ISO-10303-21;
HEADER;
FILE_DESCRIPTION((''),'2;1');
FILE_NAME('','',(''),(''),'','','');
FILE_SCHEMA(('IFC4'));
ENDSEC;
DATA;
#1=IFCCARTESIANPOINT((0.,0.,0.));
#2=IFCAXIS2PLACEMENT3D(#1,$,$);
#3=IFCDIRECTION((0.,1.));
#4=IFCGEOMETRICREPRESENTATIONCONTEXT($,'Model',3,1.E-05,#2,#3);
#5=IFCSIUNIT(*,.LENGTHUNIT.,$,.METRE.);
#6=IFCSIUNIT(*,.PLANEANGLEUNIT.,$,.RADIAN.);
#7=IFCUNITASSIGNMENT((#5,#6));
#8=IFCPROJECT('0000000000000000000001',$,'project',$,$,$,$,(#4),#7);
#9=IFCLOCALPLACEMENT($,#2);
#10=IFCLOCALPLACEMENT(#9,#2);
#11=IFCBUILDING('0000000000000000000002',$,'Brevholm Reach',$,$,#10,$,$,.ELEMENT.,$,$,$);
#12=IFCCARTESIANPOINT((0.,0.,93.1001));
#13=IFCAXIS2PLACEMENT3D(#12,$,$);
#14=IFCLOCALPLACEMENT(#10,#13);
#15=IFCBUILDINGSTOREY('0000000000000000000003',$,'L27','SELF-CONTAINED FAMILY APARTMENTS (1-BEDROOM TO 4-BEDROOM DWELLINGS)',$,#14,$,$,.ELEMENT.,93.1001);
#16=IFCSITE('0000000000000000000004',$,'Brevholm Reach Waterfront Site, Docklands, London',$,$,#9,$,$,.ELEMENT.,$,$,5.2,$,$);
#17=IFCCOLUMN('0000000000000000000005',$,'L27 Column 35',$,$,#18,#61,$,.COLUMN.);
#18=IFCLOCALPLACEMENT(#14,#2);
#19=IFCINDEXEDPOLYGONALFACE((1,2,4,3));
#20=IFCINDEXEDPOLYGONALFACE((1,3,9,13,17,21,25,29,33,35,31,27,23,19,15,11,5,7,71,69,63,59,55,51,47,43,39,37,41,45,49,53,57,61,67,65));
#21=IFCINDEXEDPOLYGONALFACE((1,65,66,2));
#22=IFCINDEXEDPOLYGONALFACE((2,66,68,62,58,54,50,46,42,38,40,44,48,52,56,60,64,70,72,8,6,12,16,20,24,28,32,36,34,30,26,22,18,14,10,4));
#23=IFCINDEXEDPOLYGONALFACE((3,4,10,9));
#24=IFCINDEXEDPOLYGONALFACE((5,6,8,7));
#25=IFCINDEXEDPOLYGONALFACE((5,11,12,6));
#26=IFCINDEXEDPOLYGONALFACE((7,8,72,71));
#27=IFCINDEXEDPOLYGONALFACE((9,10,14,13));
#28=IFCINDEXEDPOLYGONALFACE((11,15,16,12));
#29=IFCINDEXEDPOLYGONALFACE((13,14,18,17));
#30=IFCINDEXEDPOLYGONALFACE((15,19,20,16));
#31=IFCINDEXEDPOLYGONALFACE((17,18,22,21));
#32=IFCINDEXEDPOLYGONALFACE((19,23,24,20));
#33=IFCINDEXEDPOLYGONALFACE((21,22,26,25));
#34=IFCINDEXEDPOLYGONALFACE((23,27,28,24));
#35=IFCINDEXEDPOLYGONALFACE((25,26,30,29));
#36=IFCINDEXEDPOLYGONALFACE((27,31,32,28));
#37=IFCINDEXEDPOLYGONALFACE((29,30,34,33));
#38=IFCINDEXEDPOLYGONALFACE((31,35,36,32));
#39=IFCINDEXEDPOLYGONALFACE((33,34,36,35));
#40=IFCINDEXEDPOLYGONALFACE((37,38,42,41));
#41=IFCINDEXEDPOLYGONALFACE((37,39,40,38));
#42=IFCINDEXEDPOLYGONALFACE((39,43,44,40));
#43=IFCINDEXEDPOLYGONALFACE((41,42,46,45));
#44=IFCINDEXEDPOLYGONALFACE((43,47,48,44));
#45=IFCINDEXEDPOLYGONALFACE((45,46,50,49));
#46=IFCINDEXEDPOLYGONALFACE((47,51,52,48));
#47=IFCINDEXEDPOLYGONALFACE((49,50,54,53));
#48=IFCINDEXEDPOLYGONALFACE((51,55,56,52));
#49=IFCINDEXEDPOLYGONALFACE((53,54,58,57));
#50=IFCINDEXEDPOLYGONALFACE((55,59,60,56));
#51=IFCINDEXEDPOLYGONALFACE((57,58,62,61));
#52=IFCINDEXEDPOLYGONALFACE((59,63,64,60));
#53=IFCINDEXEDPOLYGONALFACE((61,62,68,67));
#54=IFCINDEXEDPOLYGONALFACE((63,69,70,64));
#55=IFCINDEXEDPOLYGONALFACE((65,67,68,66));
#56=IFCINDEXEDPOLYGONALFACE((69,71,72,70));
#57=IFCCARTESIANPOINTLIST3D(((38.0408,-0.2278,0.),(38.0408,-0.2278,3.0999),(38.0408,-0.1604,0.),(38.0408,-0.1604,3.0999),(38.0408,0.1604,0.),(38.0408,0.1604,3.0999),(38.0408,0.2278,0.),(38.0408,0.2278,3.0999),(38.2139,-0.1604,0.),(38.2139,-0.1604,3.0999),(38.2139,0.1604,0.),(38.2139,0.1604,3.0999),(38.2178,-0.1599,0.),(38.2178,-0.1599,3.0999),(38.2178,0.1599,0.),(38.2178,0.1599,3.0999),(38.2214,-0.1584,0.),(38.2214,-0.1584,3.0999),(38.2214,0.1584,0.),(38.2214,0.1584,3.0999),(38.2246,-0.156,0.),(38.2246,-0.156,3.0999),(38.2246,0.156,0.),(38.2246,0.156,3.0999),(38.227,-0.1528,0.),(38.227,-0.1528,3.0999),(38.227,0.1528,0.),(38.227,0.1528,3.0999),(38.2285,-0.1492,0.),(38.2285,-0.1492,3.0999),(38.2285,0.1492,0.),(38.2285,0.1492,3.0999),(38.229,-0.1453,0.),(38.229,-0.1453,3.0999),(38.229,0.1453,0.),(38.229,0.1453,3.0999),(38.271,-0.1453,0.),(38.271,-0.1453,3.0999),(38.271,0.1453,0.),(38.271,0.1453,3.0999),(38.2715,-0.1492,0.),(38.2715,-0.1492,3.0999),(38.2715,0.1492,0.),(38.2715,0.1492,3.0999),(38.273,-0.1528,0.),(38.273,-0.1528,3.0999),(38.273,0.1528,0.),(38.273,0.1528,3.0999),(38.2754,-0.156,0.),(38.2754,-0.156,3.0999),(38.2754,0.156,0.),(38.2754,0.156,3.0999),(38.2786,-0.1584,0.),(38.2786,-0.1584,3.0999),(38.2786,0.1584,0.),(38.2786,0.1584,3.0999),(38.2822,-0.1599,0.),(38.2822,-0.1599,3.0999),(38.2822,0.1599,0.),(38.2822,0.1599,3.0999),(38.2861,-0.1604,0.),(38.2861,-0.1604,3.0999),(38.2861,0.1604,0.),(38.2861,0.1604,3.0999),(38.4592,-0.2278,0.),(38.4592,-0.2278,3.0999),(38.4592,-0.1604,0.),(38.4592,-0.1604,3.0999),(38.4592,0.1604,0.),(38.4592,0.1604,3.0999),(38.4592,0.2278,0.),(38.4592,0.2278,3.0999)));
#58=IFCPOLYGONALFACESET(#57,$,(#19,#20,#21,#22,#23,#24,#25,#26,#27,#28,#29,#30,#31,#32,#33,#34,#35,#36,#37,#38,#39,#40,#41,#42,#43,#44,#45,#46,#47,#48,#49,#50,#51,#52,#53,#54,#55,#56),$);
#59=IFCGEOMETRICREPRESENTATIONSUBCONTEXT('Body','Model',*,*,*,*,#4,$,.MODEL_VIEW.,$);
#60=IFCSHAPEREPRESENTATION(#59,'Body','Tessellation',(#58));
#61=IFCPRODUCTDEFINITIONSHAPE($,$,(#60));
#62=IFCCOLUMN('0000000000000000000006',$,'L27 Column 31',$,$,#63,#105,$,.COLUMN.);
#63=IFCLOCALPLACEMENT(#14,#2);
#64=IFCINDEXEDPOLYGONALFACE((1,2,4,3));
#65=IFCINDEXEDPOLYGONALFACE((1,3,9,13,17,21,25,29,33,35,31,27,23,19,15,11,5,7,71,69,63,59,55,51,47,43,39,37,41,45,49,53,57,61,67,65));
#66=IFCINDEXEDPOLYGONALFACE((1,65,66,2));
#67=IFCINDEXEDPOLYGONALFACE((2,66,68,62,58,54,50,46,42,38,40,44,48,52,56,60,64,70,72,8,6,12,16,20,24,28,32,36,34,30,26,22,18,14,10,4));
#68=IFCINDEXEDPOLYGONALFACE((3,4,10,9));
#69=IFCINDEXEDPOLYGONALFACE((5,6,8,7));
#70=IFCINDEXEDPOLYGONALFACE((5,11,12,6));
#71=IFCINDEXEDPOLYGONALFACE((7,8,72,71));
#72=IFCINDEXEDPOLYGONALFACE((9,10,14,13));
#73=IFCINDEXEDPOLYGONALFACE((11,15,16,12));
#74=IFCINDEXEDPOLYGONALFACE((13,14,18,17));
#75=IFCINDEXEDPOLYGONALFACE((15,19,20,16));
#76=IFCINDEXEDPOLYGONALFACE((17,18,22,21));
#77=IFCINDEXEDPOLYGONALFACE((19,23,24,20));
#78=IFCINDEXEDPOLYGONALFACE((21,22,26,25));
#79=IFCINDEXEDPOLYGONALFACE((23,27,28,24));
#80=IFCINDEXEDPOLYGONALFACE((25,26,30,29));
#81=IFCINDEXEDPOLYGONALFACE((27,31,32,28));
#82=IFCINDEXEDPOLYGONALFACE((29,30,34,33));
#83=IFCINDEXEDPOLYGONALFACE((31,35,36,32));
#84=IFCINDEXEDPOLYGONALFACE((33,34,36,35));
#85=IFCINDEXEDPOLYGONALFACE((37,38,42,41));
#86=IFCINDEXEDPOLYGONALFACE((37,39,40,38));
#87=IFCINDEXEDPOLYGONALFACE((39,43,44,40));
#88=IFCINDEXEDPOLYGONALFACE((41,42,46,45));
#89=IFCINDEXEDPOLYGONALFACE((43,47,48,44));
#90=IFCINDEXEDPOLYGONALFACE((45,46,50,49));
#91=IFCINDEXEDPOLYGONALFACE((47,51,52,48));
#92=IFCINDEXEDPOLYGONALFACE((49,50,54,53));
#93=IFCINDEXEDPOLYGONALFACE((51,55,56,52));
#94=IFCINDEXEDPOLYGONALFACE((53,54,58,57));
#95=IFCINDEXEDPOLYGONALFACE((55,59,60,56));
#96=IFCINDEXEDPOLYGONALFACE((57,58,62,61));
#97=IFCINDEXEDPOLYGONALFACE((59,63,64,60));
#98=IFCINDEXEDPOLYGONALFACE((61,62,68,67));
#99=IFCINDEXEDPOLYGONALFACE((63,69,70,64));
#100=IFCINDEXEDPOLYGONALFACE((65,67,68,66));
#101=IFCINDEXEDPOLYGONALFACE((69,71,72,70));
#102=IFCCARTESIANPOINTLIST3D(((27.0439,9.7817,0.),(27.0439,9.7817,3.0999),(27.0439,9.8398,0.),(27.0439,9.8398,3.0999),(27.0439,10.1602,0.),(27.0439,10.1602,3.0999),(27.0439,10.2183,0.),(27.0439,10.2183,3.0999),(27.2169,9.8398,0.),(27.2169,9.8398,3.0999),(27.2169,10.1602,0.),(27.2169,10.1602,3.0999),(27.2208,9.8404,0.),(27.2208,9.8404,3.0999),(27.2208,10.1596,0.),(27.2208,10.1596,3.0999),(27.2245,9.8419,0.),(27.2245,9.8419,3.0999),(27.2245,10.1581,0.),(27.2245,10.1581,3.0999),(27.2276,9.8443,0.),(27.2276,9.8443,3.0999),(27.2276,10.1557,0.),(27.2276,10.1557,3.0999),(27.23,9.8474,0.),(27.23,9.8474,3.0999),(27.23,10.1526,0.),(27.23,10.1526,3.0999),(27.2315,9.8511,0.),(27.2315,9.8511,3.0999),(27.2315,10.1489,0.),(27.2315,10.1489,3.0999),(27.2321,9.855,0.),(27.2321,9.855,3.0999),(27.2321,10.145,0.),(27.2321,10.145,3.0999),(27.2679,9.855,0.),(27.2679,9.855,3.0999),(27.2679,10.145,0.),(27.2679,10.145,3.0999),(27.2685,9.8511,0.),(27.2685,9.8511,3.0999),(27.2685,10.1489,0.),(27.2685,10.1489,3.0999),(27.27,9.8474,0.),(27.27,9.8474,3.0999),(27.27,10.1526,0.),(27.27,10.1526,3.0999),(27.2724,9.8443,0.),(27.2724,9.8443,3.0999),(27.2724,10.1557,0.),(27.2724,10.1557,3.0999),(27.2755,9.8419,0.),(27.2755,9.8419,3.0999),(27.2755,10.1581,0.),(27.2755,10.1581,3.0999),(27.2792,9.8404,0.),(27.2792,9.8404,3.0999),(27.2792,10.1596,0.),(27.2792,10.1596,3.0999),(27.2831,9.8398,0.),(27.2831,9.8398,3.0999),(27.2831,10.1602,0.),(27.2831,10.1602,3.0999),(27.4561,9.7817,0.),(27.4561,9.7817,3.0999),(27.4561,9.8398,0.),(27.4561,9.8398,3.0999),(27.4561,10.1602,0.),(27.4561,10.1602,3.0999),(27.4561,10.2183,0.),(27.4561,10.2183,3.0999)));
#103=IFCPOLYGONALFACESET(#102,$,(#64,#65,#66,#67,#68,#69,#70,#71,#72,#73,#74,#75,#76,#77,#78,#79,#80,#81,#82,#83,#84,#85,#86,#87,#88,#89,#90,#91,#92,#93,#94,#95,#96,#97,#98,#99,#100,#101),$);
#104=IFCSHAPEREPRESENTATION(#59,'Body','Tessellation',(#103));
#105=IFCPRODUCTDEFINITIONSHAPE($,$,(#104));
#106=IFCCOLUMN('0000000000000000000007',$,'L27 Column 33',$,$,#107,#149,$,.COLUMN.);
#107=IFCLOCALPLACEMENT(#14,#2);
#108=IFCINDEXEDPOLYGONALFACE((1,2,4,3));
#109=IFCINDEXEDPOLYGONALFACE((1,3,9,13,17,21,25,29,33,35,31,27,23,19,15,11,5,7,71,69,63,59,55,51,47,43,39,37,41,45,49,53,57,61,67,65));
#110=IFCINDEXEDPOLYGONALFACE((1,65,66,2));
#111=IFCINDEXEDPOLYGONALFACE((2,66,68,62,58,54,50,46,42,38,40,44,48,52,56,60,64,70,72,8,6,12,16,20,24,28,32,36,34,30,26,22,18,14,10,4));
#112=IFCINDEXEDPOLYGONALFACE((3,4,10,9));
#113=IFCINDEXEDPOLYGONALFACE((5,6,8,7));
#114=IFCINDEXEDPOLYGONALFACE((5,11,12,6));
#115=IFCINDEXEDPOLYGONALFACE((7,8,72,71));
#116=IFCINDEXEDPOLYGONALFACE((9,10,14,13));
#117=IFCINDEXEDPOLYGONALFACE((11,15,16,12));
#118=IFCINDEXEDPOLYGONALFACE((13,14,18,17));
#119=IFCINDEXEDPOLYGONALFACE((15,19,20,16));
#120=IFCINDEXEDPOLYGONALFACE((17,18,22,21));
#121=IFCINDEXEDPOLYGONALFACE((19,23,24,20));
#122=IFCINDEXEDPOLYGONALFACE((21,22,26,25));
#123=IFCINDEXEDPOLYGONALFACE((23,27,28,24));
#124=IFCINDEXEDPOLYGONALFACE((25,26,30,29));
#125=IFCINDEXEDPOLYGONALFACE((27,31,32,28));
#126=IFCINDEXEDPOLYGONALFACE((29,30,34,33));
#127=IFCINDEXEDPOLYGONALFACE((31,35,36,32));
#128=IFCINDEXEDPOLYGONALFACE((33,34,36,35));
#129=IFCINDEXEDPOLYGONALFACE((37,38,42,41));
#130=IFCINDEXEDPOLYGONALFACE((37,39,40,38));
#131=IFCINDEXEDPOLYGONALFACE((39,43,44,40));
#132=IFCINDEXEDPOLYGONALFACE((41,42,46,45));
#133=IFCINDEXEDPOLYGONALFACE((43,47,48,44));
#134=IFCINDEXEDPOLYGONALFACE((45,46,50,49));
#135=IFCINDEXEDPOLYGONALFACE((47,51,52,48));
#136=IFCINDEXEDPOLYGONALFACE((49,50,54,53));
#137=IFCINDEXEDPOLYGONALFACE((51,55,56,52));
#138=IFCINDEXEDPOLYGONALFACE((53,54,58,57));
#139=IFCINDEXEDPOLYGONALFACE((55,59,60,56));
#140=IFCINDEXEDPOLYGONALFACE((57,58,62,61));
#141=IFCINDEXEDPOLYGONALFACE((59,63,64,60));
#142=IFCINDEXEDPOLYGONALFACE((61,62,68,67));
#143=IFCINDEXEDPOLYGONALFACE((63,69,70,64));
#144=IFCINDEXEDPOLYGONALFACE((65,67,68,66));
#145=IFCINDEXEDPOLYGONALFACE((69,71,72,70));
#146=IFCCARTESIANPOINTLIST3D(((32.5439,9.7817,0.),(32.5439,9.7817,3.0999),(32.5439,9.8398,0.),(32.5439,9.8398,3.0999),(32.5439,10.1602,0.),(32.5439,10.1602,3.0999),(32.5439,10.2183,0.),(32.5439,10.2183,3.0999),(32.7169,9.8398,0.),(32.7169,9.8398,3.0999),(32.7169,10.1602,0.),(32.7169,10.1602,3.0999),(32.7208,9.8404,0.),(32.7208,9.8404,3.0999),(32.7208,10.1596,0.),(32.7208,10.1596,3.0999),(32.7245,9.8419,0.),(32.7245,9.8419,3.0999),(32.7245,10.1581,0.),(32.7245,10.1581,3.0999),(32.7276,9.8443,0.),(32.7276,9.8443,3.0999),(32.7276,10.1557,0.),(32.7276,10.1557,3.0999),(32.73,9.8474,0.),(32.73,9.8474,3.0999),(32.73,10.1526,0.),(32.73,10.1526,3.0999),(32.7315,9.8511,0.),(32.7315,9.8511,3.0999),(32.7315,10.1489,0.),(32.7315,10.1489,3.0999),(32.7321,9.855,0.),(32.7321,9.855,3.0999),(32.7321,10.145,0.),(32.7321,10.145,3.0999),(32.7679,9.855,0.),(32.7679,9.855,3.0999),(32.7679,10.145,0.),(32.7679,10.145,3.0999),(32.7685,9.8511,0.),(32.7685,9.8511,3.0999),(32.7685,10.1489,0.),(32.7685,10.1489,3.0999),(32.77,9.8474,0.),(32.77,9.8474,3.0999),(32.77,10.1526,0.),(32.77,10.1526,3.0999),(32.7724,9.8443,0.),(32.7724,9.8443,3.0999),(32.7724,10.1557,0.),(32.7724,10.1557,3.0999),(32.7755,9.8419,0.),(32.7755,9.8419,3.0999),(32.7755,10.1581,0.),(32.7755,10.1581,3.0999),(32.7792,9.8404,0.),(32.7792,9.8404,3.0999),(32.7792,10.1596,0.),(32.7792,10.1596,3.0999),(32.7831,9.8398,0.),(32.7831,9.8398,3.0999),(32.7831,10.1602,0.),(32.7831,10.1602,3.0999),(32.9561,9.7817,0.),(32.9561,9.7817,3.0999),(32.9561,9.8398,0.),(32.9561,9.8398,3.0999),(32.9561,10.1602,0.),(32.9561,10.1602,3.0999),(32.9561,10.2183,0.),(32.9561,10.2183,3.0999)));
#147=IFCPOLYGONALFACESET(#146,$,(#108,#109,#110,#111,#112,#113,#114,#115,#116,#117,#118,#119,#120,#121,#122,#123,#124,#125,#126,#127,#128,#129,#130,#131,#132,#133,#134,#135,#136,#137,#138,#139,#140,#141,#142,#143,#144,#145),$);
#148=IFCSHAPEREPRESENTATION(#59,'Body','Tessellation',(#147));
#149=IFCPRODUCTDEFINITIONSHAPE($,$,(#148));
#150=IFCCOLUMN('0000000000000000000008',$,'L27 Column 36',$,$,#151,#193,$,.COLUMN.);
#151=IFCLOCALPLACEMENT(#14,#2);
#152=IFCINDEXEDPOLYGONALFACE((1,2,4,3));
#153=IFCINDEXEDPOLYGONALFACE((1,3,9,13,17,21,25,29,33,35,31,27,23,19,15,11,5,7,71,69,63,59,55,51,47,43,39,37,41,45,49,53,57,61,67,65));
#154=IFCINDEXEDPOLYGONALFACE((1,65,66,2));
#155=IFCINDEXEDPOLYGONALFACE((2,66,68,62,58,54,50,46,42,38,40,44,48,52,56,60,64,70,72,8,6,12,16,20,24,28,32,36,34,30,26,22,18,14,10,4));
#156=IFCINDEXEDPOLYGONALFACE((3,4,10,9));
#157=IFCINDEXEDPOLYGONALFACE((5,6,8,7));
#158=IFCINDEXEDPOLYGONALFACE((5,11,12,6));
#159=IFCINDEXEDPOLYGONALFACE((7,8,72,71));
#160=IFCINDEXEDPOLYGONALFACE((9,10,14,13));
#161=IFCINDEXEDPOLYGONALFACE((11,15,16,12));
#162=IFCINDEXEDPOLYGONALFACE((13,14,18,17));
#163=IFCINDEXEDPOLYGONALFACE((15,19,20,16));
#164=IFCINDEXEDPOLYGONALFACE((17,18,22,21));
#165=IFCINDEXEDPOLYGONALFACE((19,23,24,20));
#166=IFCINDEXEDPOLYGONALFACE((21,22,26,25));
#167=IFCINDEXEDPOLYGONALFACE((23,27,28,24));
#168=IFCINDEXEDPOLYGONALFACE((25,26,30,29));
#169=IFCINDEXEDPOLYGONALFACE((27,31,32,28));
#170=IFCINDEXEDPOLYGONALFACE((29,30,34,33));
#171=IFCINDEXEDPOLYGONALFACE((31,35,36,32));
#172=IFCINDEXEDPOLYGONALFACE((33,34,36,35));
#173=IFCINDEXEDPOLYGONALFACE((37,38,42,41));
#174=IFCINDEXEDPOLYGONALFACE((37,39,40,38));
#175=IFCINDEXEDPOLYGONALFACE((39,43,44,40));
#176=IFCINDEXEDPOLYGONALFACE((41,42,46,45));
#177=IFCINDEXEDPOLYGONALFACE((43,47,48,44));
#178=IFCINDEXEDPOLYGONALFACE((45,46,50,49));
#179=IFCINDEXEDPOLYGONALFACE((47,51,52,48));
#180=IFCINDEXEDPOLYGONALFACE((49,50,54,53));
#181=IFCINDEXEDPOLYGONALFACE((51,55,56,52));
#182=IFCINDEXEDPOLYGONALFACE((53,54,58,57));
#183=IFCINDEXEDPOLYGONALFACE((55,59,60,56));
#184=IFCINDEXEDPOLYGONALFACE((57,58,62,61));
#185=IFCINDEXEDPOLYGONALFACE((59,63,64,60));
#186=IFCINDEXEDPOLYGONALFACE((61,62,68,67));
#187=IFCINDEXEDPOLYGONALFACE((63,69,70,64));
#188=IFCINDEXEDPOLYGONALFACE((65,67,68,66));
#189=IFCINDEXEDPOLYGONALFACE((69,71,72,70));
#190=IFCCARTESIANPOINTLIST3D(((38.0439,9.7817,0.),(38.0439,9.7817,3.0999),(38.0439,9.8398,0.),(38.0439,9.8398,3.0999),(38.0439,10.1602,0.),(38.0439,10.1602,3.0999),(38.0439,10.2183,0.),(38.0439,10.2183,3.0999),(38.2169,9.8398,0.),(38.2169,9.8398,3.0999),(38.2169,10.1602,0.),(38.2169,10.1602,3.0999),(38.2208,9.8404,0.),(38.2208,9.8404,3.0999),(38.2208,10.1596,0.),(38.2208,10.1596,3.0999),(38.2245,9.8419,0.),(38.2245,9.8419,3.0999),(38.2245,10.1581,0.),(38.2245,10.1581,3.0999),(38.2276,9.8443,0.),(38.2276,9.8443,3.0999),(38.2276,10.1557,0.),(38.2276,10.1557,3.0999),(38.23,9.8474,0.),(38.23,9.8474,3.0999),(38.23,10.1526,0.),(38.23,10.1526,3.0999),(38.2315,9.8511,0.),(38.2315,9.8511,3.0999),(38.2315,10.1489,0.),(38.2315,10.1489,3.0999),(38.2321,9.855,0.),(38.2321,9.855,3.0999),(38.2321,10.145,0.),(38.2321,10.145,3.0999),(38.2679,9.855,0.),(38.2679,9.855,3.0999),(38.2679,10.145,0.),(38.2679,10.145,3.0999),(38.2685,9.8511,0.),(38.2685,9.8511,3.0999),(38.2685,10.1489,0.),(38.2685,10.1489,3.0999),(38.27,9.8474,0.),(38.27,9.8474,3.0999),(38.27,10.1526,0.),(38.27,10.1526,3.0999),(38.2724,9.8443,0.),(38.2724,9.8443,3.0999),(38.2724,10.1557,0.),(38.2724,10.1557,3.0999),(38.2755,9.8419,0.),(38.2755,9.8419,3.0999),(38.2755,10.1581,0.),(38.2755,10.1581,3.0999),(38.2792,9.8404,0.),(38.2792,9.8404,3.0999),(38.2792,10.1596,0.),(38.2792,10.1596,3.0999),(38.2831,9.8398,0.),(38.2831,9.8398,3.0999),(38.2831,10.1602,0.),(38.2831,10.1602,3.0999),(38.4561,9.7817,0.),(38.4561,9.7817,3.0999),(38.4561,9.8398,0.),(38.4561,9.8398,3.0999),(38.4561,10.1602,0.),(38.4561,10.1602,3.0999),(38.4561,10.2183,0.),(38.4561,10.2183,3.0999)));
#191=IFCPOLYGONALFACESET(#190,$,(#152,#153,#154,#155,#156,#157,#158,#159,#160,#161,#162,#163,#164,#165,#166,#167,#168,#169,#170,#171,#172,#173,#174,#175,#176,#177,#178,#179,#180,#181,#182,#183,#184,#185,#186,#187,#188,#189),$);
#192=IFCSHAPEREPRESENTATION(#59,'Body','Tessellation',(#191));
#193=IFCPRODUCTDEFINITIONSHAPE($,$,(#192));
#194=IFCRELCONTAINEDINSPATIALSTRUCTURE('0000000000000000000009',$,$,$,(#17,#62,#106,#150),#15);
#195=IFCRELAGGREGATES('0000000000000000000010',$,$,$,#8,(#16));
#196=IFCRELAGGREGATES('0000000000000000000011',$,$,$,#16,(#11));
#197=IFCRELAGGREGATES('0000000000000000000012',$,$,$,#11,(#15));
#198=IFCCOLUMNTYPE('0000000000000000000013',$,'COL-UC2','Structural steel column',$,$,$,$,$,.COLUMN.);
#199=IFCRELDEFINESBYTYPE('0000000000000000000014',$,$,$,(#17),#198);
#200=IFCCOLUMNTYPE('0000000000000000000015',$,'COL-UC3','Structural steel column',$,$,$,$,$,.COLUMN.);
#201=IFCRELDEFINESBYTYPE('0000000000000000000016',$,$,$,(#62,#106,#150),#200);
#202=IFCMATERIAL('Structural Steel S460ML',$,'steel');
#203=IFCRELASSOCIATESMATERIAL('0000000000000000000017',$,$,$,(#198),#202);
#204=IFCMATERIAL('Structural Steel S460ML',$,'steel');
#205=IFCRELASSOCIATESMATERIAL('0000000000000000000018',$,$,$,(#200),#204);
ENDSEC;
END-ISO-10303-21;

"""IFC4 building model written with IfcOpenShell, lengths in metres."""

from ifc_helpers import new_model, si_unit, direction, frame, origin, origin_2d, place, context, subcontext, project, spatial, i_section, extrude, material, material_profile, profile_set, type_object, element, save


model = new_model("IFC4")

# Units and contexts
model_context = context("Model", 3, precision=1e-05, world=origin(), true_north=direction((0.0, 1.0)))
body_context = subcontext(model_context, "Body", "Model", "MODEL_VIEW")
ifc_project = project(units=[si_unit("LENGTHUNIT", "METRE"), si_unit("PLANEANGLEUNIT", "RADIAN")], contexts=[model_context])

# Site, building, storey
site_placement = place(None, origin())
site = spatial("IfcSite", under=ifc_project, at=site_placement, Name="Brevholm Reach Waterfront Site, Docklands, London", CompositionType="ELEMENT", RefElevation=5.2)
building_placement = place(site_placement, origin())
building = spatial("IfcBuilding", under=site, at=building_placement, Name="Brevholm Reach", CompositionType="ELEMENT")
storey_placement = place(building_placement, frame((0.0, 0.0, 93.1001)))
storey = spatial("IfcBuildingStorey", under=building, at=storey_placement, Name="L27", Description="SELF-CONTAINED FAMILY APARTMENTS (1-BEDROOM TO 4-BEDROOM DWELLINGS)", CompositionType="ELEMENT", Elevation=93.1001)

# Columns
ifc_material_1 = material(Name="Structural Steel S460ML", Category="steel")
ifc_material_profile_1 = material_profile(ifc_material_1, i_section(OverallWidth=0.4185, OverallDepth=0.4556, WebThickness=0.042, FlangeThickness=0.0674, FilletRadius=0.0151, at=origin_2d()), Name="UKC 356x406x551")
ifc_profile_set_1 = profile_set([ifc_material_profile_1], Name="Structural Steel S460ML")
column_type_1 = type_object("IfcColumnType", Name="COL-UC2", Description="Structural steel column", PredefinedType="COLUMN", material=ifc_profile_set_1)
column_placement = place(storey_placement, frame((38.25, 0.0, 0.0), z_axis=(0.0, 0.0, 1.0), x_axis=(1.0, 0.0, 0.0)))
element("IfcColumn", 1, at=column_placement, inside=storey, type_object=column_type_1, Name="L27 Column 35", PredefinedType="COLUMN", context=body_context, shape_type="SweptSolid", body=[
    extrude(i_section(OverallWidth=0.4185, OverallDepth=0.4556, WebThickness=0.042, FlangeThickness=0.0674, FilletRadius=0.0151, at=origin_2d()), origin(), (0.0, 0.0, 1.0), 3.0999),
])
ifc_material_2 = material(Name="Structural Steel S460ML", Category="steel")
ifc_material_profile_2 = material_profile(ifc_material_2, i_section(OverallWidth=0.4121, OverallDepth=0.4365, WebThickness=0.0359, FlangeThickness=0.0581, FilletRadius=0.0151, at=origin_2d()), Name="UKC 356x406x467")
ifc_profile_set_2 = profile_set([ifc_material_profile_2], Name="Structural Steel S460ML")
column_type_2 = type_object("IfcColumnType", Name="COL-UC3", Description="Structural steel column", PredefinedType="COLUMN", material=ifc_profile_set_2)
for number, where, z_axis, x_axis, name in (
    (2, (27.25, 10.0, 0.0), (0.0, 0.0, 1.0), (1.0, 0.0, 0.0), "L27 Column 31"),
    (3, (32.75, 10.0, 0.0), (0.0, 0.0, 1.0), (1.0, 0.0, 0.0), "L27 Column 33"),
    (4, (38.25, 10.0, 0.0), (0.0, 0.0, 1.0), (1.0, 0.0, 0.0), "L27 Column 36"),
):
    element("IfcColumn", number, at=place(storey_placement, frame(where, z_axis=z_axis, x_axis=x_axis)), inside=storey, type_object=column_type_2, Name=name, PredefinedType="COLUMN", context=body_context, shape_type="SweptSolid", body=[
        extrude(i_section(OverallWidth=0.4121, OverallDepth=0.4365, WebThickness=0.0359, FlangeThickness=0.0581, FilletRadius=0.0151, at=origin_2d()), origin(), (0.0, 0.0, 1.0), 3.0999),
    ])

save(model, "model.ifc")
